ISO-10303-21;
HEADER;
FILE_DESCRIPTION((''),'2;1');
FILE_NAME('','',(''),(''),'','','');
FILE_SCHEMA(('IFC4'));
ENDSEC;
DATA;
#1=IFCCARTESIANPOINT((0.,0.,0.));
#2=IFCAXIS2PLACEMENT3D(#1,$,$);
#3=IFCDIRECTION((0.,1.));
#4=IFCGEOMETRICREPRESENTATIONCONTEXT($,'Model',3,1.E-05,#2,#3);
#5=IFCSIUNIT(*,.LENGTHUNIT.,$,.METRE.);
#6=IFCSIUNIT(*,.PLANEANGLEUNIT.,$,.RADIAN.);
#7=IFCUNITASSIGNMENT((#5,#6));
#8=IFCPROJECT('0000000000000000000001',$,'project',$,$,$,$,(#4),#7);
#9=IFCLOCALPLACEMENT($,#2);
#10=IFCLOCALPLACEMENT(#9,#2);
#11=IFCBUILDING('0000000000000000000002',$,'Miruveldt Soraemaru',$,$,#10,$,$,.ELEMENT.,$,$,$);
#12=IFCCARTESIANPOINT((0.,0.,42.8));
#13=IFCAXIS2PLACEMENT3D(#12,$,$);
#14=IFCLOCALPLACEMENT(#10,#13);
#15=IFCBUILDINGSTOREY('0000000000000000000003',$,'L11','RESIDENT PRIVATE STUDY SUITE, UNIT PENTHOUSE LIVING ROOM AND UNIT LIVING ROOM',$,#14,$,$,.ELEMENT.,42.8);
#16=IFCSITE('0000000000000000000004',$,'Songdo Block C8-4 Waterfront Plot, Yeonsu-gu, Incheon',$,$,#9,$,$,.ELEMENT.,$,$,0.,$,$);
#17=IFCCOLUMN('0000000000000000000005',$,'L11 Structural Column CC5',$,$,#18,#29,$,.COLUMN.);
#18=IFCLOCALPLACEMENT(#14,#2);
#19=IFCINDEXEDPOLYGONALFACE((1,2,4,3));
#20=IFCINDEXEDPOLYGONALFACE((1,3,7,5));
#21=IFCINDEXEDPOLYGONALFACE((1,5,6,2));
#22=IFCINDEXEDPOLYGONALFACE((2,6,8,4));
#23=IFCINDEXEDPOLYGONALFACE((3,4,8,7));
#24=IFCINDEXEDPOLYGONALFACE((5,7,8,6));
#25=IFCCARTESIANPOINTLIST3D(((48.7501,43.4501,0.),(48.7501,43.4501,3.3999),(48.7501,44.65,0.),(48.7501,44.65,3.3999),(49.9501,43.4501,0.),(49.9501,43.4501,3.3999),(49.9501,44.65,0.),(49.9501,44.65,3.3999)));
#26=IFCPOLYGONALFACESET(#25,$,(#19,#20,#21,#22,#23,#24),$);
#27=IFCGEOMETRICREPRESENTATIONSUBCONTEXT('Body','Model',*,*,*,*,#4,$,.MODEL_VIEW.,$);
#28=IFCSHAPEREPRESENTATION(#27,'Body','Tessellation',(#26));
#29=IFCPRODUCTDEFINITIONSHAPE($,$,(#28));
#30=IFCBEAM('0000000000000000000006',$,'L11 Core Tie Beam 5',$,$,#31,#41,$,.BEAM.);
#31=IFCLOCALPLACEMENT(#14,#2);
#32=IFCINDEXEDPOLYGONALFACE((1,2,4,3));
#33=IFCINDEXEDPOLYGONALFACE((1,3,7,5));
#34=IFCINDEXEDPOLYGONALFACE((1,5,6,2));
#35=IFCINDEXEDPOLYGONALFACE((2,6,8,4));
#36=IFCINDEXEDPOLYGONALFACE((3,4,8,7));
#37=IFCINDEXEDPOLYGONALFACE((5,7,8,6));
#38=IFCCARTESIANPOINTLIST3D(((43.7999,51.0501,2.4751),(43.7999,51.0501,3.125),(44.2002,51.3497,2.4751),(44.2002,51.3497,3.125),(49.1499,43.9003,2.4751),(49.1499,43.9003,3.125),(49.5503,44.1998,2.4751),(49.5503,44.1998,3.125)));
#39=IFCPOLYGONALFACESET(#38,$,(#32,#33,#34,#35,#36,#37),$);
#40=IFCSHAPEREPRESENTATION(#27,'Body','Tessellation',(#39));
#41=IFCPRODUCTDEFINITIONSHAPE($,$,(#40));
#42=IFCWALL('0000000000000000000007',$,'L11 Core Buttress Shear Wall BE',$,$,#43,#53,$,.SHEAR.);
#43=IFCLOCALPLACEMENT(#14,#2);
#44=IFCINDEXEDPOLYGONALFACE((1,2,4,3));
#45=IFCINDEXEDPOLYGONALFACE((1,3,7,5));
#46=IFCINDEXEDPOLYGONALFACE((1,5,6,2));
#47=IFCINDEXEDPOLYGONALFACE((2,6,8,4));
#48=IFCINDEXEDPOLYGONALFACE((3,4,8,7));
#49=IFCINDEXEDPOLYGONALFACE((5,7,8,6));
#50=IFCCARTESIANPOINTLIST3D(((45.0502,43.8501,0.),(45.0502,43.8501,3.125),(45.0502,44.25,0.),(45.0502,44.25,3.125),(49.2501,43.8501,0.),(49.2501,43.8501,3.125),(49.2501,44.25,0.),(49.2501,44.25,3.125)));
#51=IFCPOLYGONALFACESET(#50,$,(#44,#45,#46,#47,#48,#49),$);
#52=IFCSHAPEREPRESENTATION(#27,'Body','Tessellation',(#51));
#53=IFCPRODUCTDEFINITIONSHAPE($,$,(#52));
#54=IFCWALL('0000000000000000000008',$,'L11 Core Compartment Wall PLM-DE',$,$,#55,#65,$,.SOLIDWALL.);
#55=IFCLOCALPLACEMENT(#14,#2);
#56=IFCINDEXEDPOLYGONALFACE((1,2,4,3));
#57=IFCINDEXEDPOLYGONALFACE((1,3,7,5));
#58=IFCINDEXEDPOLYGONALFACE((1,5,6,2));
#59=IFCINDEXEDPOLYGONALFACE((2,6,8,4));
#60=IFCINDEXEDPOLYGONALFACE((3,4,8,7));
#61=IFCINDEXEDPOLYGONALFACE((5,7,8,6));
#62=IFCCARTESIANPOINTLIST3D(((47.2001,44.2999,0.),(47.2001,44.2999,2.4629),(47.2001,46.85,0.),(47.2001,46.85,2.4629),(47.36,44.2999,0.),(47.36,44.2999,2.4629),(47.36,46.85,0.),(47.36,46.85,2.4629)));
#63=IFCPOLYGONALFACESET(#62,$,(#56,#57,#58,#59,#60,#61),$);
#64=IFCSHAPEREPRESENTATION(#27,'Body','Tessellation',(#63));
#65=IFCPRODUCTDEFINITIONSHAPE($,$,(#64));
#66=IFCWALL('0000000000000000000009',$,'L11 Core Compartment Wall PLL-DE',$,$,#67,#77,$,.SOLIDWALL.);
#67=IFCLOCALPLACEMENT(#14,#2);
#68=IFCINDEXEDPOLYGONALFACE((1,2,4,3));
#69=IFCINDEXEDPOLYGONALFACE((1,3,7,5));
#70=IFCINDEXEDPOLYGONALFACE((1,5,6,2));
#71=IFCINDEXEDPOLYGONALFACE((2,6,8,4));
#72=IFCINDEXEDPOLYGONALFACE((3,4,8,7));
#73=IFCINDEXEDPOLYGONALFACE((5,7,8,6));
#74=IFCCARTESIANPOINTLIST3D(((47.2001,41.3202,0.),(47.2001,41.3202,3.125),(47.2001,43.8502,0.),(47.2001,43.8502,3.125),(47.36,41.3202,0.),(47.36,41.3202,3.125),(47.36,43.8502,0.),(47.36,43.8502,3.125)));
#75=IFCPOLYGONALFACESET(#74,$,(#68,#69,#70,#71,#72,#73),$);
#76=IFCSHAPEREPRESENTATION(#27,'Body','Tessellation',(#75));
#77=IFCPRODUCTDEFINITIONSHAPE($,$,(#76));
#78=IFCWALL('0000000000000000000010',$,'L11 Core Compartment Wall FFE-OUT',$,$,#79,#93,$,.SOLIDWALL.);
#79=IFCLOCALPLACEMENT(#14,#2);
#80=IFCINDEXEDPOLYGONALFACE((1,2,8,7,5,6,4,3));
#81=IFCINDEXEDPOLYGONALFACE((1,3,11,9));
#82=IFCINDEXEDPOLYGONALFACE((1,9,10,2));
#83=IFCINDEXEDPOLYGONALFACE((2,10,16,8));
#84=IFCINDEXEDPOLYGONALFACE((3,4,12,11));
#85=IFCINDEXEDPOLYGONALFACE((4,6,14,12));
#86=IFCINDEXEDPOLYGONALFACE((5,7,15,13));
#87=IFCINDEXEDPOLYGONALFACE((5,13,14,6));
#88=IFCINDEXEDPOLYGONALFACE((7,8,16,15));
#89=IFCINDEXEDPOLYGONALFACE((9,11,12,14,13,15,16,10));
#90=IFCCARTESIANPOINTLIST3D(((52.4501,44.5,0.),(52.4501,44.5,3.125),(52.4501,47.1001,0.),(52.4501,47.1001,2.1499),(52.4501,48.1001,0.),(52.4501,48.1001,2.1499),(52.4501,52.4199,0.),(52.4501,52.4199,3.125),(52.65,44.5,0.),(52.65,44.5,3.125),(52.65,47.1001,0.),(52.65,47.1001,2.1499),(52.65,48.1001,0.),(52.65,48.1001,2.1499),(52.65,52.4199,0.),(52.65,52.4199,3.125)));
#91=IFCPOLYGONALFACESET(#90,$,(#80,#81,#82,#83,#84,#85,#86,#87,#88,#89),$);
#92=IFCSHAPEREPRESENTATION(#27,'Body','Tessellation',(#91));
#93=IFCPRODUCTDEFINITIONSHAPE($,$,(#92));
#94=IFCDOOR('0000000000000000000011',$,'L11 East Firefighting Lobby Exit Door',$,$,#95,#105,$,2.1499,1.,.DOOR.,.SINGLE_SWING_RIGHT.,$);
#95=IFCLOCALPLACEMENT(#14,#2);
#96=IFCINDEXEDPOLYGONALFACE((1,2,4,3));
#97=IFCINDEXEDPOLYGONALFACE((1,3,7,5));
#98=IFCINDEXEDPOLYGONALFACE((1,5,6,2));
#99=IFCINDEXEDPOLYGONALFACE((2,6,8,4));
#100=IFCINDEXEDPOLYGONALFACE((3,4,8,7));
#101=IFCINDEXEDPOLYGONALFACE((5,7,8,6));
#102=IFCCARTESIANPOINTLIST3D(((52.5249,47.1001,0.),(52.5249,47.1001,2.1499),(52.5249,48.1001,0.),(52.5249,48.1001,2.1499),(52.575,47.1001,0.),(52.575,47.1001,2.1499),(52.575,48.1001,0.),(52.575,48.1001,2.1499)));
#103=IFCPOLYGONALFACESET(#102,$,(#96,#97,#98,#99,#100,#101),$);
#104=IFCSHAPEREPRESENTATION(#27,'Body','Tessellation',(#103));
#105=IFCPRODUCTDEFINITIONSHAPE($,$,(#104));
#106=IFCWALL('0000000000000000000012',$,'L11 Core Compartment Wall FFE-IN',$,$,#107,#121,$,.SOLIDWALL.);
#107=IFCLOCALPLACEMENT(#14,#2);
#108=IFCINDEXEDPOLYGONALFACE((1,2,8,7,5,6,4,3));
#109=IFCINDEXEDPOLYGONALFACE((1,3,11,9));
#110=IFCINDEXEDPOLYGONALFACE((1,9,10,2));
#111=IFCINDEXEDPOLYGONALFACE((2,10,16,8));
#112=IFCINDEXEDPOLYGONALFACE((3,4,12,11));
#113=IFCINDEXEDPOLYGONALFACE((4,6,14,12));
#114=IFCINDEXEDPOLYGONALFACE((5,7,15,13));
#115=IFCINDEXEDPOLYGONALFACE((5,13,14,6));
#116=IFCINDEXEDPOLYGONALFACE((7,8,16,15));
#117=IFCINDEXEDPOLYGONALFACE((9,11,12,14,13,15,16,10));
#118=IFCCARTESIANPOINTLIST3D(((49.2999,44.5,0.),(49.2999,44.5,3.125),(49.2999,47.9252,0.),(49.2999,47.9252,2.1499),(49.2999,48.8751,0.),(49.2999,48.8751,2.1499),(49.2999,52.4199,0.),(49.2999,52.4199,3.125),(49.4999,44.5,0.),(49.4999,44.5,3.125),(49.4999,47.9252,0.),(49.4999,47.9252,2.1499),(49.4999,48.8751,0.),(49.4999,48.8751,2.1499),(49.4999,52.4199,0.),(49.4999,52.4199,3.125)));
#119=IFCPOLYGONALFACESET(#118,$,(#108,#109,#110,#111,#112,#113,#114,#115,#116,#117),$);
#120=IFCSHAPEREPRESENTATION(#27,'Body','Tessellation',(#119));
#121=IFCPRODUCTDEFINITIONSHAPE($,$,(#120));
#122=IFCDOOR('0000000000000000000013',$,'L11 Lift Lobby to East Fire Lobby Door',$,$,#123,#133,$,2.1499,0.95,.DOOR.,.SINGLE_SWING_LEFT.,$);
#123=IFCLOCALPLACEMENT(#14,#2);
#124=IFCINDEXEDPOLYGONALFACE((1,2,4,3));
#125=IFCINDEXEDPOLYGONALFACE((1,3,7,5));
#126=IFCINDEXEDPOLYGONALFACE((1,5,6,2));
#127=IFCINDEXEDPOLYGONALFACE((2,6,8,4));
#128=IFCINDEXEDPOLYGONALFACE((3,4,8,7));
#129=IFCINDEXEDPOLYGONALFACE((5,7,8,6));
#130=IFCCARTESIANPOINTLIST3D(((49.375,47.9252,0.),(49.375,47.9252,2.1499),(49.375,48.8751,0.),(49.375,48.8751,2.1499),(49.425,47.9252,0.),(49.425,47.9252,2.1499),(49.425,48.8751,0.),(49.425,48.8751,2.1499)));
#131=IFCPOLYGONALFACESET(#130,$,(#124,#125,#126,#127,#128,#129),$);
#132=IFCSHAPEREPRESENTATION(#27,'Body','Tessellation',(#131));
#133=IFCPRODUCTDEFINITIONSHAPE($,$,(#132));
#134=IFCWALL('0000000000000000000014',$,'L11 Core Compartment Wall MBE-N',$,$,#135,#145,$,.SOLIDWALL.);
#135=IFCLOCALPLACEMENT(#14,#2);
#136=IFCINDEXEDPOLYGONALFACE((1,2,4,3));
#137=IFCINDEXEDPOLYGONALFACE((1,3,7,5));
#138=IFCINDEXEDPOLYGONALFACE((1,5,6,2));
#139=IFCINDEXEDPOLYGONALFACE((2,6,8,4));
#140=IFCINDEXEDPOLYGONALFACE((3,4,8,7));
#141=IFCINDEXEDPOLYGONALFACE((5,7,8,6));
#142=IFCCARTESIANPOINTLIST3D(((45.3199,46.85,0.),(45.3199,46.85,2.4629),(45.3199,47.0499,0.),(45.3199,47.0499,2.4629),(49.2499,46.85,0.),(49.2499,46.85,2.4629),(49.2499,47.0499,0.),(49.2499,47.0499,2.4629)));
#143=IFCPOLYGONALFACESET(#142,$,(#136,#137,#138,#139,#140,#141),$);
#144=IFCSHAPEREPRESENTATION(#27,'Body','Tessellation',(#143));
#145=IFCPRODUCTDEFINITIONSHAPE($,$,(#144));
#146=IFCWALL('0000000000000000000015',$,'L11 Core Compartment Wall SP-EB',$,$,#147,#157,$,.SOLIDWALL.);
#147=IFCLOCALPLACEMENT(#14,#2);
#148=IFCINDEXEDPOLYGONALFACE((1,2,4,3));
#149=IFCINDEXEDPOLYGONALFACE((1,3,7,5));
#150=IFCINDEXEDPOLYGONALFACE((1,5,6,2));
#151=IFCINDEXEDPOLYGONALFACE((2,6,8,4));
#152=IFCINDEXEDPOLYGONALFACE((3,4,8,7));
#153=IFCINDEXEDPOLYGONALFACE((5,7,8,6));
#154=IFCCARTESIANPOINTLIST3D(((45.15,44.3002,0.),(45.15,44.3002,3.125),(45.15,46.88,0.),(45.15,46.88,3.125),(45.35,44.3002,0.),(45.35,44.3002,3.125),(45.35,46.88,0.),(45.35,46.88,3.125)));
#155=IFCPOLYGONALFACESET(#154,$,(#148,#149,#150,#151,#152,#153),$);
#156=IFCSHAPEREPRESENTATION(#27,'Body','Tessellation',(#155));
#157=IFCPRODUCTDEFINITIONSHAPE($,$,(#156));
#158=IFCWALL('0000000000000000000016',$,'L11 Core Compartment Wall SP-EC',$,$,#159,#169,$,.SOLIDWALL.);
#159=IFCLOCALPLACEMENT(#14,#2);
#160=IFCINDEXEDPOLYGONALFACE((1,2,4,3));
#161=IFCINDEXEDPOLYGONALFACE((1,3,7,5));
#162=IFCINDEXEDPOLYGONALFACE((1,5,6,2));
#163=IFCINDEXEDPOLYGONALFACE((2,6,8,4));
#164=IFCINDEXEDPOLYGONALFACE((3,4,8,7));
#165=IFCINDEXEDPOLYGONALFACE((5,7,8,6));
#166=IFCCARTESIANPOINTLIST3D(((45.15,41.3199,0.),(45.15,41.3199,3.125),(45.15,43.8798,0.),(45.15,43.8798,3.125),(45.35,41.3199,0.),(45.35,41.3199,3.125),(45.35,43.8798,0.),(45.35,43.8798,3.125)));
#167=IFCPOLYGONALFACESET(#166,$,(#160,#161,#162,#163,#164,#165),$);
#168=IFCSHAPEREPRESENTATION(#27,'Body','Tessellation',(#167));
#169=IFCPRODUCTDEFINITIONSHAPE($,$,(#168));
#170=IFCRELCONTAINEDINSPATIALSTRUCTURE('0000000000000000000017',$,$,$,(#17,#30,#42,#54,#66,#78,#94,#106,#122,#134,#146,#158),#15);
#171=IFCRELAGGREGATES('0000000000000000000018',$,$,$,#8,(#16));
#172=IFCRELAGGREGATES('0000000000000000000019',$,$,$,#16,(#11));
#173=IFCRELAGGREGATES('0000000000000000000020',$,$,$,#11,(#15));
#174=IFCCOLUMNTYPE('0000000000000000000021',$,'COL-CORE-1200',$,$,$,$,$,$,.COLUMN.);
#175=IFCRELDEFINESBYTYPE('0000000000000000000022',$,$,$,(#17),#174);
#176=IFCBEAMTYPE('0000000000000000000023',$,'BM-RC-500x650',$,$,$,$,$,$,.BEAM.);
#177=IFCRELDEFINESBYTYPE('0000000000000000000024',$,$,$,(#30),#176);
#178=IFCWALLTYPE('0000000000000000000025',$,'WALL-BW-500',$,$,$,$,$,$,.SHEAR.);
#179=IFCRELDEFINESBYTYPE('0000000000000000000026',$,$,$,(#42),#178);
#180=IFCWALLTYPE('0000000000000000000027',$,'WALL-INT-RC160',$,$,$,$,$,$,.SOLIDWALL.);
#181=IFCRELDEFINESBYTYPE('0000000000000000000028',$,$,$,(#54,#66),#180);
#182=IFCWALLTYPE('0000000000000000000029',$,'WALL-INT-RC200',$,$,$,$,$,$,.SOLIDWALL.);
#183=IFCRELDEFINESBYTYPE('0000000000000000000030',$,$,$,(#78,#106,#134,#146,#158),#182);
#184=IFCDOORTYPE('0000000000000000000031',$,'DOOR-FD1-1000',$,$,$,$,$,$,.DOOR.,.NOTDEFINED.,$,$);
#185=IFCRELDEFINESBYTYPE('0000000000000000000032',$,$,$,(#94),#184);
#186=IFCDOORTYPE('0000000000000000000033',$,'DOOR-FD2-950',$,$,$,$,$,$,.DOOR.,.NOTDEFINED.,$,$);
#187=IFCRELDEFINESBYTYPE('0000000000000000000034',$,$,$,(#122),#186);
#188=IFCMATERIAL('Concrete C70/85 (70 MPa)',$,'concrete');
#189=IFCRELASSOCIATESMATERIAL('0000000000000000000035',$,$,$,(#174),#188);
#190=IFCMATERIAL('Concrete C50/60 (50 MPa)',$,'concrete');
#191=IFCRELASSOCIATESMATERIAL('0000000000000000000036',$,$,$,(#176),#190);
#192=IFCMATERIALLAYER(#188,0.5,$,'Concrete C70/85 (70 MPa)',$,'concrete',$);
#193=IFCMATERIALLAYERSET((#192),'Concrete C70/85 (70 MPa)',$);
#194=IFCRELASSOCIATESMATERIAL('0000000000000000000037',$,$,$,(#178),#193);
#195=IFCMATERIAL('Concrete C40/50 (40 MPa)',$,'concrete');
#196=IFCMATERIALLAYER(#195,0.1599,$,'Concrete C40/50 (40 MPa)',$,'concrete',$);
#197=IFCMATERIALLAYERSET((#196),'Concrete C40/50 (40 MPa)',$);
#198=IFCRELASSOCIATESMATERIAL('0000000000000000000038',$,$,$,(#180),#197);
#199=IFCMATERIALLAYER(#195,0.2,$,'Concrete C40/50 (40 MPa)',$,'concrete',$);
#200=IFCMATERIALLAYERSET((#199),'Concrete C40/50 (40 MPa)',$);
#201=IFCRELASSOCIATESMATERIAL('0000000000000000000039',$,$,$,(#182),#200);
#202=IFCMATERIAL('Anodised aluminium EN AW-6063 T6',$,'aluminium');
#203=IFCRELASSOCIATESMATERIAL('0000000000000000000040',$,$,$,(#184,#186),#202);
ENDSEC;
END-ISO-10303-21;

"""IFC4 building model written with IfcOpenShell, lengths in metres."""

from ifc_helpers import new_model, si_unit, direction, frame, frame_2d, origin, origin_2d, place, context, subcontext, project, spatial, rectangle, extrude, material, layer, layer_set, material_profile, profile_set, type_object, element, fill, save


model = new_model("IFC4")

# Units and contexts
model_context = context("Model", 3, precision=1e-05, world=origin(), true_north=direction((0.0, 1.0)))
body_context = subcontext(model_context, "Body", "Model", "MODEL_VIEW")
ifc_project = project(units=[si_unit("LENGTHUNIT", "METRE"), si_unit("PLANEANGLEUNIT", "RADIAN")], contexts=[model_context])

# Site, building, storey
site_placement = place(None, origin())
site = spatial("IfcSite", under=ifc_project, at=site_placement, Name="Songdo Block C8-4 Waterfront Plot, Yeonsu-gu, Incheon", CompositionType="ELEMENT", RefElevation=0.0)
building_placement = place(site_placement, origin())
building = spatial("IfcBuilding", under=site, at=building_placement, Name="Miruveldt Soraemaru", CompositionType="ELEMENT")
storey_placement = place(building_placement, frame((0.0, 0.0, 42.8)))
storey = spatial("IfcBuildingStorey", under=building, at=storey_placement, Name="L11", Description="RESIDENT PRIVATE STUDY SUITE, UNIT PENTHOUSE LIVING ROOM AND UNIT LIVING ROOM", CompositionType="ELEMENT", Elevation=42.8)

# Column
ifc_material_1 = material(Name="Concrete C70/85 (70 MPa)", Category="concrete")
ifc_material_profile_1 = material_profile(ifc_material_1, rectangle(XDim=1.2, YDim=1.2, at=origin_2d()), Name="Concrete C70/85 (70 MPa)", Category="concrete")
ifc_profile_set_1 = profile_set([ifc_material_profile_1], Name="Concrete C70/85 (70 MPa)")
column_type = type_object("IfcColumnType", Name="COL-CORE-1200", PredefinedType="COLUMN", material=ifc_profile_set_1)
column_placement = place(storey_placement, frame((49.3501, 44.05, 0.0), z_axis=(0.0, 0.0, 1.0), x_axis=(1.0, 0.0, 0.0)))
element("IfcColumn", 1, at=column_placement, inside=storey, type_object=column_type, Name="L11 Structural Column CC5", PredefinedType="COLUMN", context=body_context, shape_type="SweptSolid", body=[
    extrude(rectangle(XDim=1.2, YDim=1.2, at=origin_2d()), origin(), (0.0, 0.0, 1.0), 3.3999),
])

# Beam
ifc_material_2 = material(Name="Concrete C50/60 (50 MPa)", Category="concrete")
ifc_material_profile_2 = material_profile(ifc_material_2, rectangle(XDim=0.5, YDim=0.6499, at=origin_2d()), Name="Concrete C50/60 (50 MPa)", Category="concrete")
ifc_profile_set_2 = profile_set([ifc_material_profile_2], Name="Concrete C50/60 (50 MPa)")
beam_type = type_object("IfcBeamType", Name="BM-RC-500x650", PredefinedType="BEAM", material=ifc_profile_set_2)
beam_placement = place(storey_placement, frame((49.3501, 44.05, 2.8), z_axis=(-0.599116, 0.800662, 0.0), x_axis=(-0.800662, -0.599116, 0.0)))
element("IfcBeam", 2, at=beam_placement, inside=storey, type_object=beam_type, Name="L11 Core Tie Beam 5", PredefinedType="BEAM", context=body_context, shape_type="SweptSolid", body=[
    extrude(rectangle(XDim=0.5, YDim=0.6499, at=origin_2d()), origin(), (0.0, 0.0, 1.0), 8.9299),
])

# Walls
ifc_layer_1 = layer(ifc_material_1, 0.5, Name="Concrete C70/85 (70 MPa)", Category="concrete")
ifc_layer_set_1 = layer_set([ifc_layer_1], Name="Concrete C70/85 (70 MPa)")
wall_type_1 = type_object("IfcWallType", Name="WALL-BW-500", PredefinedType="SHEAR", material=ifc_layer_set_1)
wall_1_placement = place(storey_placement, frame((45.05, 44.05, 0.0), z_axis=(0.0, 0.0, 1.0), x_axis=(1.0, 0.0, 0.0)))
element("IfcWall", 3, at=wall_1_placement, inside=storey, type_object=wall_type_1, Name="L11 Core Buttress Shear Wall BE", PredefinedType="SHEAR", context=body_context, shape_type="SweptSolid", body=[
    extrude(rectangle(XDim=4.2, YDim=0.3999, at=frame_2d((2.1001, 0.0))), origin(), (0.0, 0.0, 1.0), 3.125),
])
ifc_material_3 = material(Name="Concrete C40/50 (40 MPa)", Category="concrete")
ifc_layer_2 = layer(ifc_material_3, 0.1599, Name="Concrete C40/50 (40 MPa)", Category="concrete")
ifc_layer_set_2 = layer_set([ifc_layer_2], Name="Concrete C40/50 (40 MPa)")
wall_type_2 = type_object("IfcWallType", Name="WALL-INT-RC160", PredefinedType="SOLIDWALL", material=ifc_layer_set_2)
wall_2_placement = place(storey_placement, frame((47.28, 44.3, 0.0), z_axis=(0.0, 0.0, 1.0), x_axis=(0.0, 1.0, 0.0)))
element("IfcWall", 4, at=wall_2_placement, inside=storey, type_object=wall_type_2, Name="L11 Core Compartment Wall PLM-DE", PredefinedType="SOLIDWALL", context=body_context, shape_type="SweptSolid", body=[
    extrude(rectangle(XDim=2.55, YDim=0.1599, at=frame_2d((1.2749, 0.0))), origin(), (0.0, 0.0, 1.0), 2.4629),
])
wall_3_placement = place(storey_placement, frame((47.28, 41.3201, 0.0), z_axis=(0.0, 0.0, 1.0), x_axis=(0.0, 1.0, 0.0)))
element("IfcWall", 5, at=wall_3_placement, inside=storey, type_object=wall_type_2, Name="L11 Core Compartment Wall PLL-DE", PredefinedType="SOLIDWALL", context=body_context, shape_type="SweptSolid", body=[
    extrude(rectangle(XDim=2.53, YDim=0.1599, at=frame_2d((1.2651, 0.0))), origin(), (0.0, 0.0, 1.0), 3.125),
])

# Walls, openings, doors
ifc_layer_3 = layer(ifc_material_3, 0.2, Name="Concrete C40/50 (40 MPa)", Category="concrete")
ifc_layer_set_3 = layer_set([ifc_layer_3], Name="Concrete C40/50 (40 MPa)")
wall_type_3 = type_object("IfcWallType", Name="WALL-INT-RC200", PredefinedType="SOLIDWALL", material=ifc_layer_set_3)
wall_4_placement = place(storey_placement, frame((52.55, 44.5, 0.0), z_axis=(0.0, 0.0, 1.0), x_axis=(0.0, 1.0, 0.0)))
wall_4 = element("IfcWall", 6, at=wall_4_placement, inside=storey, type_object=wall_type_3, Name="L11 Core Compartment Wall FFE-OUT", PredefinedType="SOLIDWALL", context=body_context, shape_type="SweptSolid", body=[
    extrude(rectangle(XDim=7.9199, YDim=0.2, at=frame_2d((3.96, 0.0))), origin(), (0.0, 0.0, 1.0), 3.125),
])
opening_1_placement = place(wall_4_placement, frame((2.6001, 0.0, 0.0)))
opening_1 = element("IfcOpeningElement", 7, at=opening_1_placement, cuts=wall_4, PredefinedType="OPENING", context=body_context, shape_type="SweptSolid", body=[
    extrude(rectangle(XDim=1.0, YDim=2.1499, at=frame_2d((0.5, 1.075))), frame((0.0, 0.1099, 0.0), z_axis=(0.0, -1.0, 0.0), x_axis=(1.0, 0.0, 0.0)), (0.0, 0.0, 1.0), 0.22),
])
ifc_material_4 = material(Name="Anodised aluminium EN AW-6063 T6", Category="aluminium")
door_type_1 = type_object("IfcDoorType", Name="DOOR-FD1-1000", OperationType="NOTDEFINED", PredefinedType="DOOR", material=ifc_material_4)
door_1_placement = place(opening_1_placement, frame((1.0, 0.0, 0.0), z_axis=(0.0, 0.0, 1.0), x_axis=(-1.0, 0.0, 0.0)))
door_1 = element("IfcDoor", 8, at=door_1_placement, inside=storey, type_object=door_type_1, Name="L11 East Firefighting Lobby Exit Door", OperationType="SINGLE_SWING_RIGHT", OverallHeight=2.1499, OverallWidth=1.0, PredefinedType="DOOR", context=body_context, shape_type="SweptSolid", body=[
    extrude(rectangle(XDim=1.0, YDim=2.1499, at=frame_2d((0.5, 1.075))), frame((0.0, 0.0249, 0.0), z_axis=(0.0, -1.0, 0.0), x_axis=(1.0, 0.0, 0.0)), (0.0, 0.0, 1.0), 0.05),
])
fill(opening_1, door_1)
wall_5_placement = place(storey_placement, frame((49.3999, 44.5, 0.0), z_axis=(0.0, 0.0, 1.0), x_axis=(0.0, 1.0, 0.0)))
wall_5 = element("IfcWall", 9, at=wall_5_placement, inside=storey, type_object=wall_type_3, Name="L11 Core Compartment Wall FFE-IN", PredefinedType="SOLIDWALL", context=body_context, shape_type="SweptSolid", body=[
    extrude(rectangle(XDim=7.9199, YDim=0.2, at=frame_2d((3.96, 0.0))), origin(), (0.0, 0.0, 1.0), 3.125),
])
opening_2_placement = place(wall_5_placement, frame((3.425, 0.0, 0.0)))
opening_2 = element("IfcOpeningElement", 10, at=opening_2_placement, cuts=wall_5, PredefinedType="OPENING", context=body_context, shape_type="SweptSolid", body=[
    extrude(rectangle(XDim=0.95, YDim=2.1499, at=frame_2d((0.4751, 1.075))), frame((0.0, 0.1099, 0.0), z_axis=(0.0, -1.0, 0.0), x_axis=(1.0, 0.0, 0.0)), (0.0, 0.0, 1.0), 0.22),
])
door_type_2 = type_object("IfcDoorType", Name="DOOR-FD2-950", OperationType="NOTDEFINED", PredefinedType="DOOR", material=ifc_material_4)
door_2_placement = place(opening_2_placement, origin())
door_2 = element("IfcDoor", 11, at=door_2_placement, inside=storey, type_object=door_type_2, Name="L11 Lift Lobby to East Fire Lobby Door", OperationType="SINGLE_SWING_LEFT", OverallHeight=2.1499, OverallWidth=0.95, PredefinedType="DOOR", context=body_context, shape_type="SweptSolid", body=[
    extrude(rectangle(XDim=0.95, YDim=2.1499, at=frame_2d((0.4751, 1.075))), frame((0.0, 0.0249, 0.0), z_axis=(0.0, -1.0, 0.0), x_axis=(1.0, 0.0, 0.0)), (0.0, 0.0, 1.0), 0.05),
])
fill(opening_2, door_2)

# Walls
wall_6_placement = place(storey_placement, frame((45.3201, 46.95, 0.0), z_axis=(0.0, 0.0, 1.0), x_axis=(1.0, 0.0, 0.0)))
element("IfcWall", 12, at=wall_6_placement, inside=storey, type_object=wall_type_3, Name="L11 Core Compartment Wall MBE-N", PredefinedType="SOLIDWALL", context=body_context, shape_type="SweptSolid", body=[
    extrude(rectangle(XDim=3.9299, YDim=0.2, at=frame_2d((1.9648, 0.0))), origin(), (0.0, 0.0, 1.0), 2.4629),
])
wall_7_placement = place(storey_placement, frame((45.25, 44.3, 0.0), z_axis=(0.0, 0.0, 1.0), x_axis=(0.0, 1.0, 0.0)))
element("IfcWall", 13, at=wall_7_placement, inside=storey, type_object=wall_type_3, Name="L11 Core Compartment Wall SP-EB", PredefinedType="SOLIDWALL", context=body_context, shape_type="SweptSolid", body=[
    extrude(rectangle(XDim=2.5798, YDim=0.2, at=frame_2d((1.29, 0.0))), origin(), (0.0, 0.0, 1.0), 3.125),
])
wall_8_placement = place(storey_placement, frame((45.25, 41.3201, 0.0), z_axis=(0.0, 0.0, 1.0), x_axis=(0.0, 1.0, 0.0)))
element("IfcWall", 14, at=wall_8_placement, inside=storey, type_object=wall_type_3, Name="L11 Core Compartment Wall SP-EC", PredefinedType="SOLIDWALL", context=body_context, shape_type="SweptSolid", body=[
    extrude(rectangle(XDim=2.5598, YDim=0.2, at=frame_2d((1.2798, 0.0))), origin(), (0.0, 0.0, 1.0), 3.125),
])

save(model, "model.ifc")
